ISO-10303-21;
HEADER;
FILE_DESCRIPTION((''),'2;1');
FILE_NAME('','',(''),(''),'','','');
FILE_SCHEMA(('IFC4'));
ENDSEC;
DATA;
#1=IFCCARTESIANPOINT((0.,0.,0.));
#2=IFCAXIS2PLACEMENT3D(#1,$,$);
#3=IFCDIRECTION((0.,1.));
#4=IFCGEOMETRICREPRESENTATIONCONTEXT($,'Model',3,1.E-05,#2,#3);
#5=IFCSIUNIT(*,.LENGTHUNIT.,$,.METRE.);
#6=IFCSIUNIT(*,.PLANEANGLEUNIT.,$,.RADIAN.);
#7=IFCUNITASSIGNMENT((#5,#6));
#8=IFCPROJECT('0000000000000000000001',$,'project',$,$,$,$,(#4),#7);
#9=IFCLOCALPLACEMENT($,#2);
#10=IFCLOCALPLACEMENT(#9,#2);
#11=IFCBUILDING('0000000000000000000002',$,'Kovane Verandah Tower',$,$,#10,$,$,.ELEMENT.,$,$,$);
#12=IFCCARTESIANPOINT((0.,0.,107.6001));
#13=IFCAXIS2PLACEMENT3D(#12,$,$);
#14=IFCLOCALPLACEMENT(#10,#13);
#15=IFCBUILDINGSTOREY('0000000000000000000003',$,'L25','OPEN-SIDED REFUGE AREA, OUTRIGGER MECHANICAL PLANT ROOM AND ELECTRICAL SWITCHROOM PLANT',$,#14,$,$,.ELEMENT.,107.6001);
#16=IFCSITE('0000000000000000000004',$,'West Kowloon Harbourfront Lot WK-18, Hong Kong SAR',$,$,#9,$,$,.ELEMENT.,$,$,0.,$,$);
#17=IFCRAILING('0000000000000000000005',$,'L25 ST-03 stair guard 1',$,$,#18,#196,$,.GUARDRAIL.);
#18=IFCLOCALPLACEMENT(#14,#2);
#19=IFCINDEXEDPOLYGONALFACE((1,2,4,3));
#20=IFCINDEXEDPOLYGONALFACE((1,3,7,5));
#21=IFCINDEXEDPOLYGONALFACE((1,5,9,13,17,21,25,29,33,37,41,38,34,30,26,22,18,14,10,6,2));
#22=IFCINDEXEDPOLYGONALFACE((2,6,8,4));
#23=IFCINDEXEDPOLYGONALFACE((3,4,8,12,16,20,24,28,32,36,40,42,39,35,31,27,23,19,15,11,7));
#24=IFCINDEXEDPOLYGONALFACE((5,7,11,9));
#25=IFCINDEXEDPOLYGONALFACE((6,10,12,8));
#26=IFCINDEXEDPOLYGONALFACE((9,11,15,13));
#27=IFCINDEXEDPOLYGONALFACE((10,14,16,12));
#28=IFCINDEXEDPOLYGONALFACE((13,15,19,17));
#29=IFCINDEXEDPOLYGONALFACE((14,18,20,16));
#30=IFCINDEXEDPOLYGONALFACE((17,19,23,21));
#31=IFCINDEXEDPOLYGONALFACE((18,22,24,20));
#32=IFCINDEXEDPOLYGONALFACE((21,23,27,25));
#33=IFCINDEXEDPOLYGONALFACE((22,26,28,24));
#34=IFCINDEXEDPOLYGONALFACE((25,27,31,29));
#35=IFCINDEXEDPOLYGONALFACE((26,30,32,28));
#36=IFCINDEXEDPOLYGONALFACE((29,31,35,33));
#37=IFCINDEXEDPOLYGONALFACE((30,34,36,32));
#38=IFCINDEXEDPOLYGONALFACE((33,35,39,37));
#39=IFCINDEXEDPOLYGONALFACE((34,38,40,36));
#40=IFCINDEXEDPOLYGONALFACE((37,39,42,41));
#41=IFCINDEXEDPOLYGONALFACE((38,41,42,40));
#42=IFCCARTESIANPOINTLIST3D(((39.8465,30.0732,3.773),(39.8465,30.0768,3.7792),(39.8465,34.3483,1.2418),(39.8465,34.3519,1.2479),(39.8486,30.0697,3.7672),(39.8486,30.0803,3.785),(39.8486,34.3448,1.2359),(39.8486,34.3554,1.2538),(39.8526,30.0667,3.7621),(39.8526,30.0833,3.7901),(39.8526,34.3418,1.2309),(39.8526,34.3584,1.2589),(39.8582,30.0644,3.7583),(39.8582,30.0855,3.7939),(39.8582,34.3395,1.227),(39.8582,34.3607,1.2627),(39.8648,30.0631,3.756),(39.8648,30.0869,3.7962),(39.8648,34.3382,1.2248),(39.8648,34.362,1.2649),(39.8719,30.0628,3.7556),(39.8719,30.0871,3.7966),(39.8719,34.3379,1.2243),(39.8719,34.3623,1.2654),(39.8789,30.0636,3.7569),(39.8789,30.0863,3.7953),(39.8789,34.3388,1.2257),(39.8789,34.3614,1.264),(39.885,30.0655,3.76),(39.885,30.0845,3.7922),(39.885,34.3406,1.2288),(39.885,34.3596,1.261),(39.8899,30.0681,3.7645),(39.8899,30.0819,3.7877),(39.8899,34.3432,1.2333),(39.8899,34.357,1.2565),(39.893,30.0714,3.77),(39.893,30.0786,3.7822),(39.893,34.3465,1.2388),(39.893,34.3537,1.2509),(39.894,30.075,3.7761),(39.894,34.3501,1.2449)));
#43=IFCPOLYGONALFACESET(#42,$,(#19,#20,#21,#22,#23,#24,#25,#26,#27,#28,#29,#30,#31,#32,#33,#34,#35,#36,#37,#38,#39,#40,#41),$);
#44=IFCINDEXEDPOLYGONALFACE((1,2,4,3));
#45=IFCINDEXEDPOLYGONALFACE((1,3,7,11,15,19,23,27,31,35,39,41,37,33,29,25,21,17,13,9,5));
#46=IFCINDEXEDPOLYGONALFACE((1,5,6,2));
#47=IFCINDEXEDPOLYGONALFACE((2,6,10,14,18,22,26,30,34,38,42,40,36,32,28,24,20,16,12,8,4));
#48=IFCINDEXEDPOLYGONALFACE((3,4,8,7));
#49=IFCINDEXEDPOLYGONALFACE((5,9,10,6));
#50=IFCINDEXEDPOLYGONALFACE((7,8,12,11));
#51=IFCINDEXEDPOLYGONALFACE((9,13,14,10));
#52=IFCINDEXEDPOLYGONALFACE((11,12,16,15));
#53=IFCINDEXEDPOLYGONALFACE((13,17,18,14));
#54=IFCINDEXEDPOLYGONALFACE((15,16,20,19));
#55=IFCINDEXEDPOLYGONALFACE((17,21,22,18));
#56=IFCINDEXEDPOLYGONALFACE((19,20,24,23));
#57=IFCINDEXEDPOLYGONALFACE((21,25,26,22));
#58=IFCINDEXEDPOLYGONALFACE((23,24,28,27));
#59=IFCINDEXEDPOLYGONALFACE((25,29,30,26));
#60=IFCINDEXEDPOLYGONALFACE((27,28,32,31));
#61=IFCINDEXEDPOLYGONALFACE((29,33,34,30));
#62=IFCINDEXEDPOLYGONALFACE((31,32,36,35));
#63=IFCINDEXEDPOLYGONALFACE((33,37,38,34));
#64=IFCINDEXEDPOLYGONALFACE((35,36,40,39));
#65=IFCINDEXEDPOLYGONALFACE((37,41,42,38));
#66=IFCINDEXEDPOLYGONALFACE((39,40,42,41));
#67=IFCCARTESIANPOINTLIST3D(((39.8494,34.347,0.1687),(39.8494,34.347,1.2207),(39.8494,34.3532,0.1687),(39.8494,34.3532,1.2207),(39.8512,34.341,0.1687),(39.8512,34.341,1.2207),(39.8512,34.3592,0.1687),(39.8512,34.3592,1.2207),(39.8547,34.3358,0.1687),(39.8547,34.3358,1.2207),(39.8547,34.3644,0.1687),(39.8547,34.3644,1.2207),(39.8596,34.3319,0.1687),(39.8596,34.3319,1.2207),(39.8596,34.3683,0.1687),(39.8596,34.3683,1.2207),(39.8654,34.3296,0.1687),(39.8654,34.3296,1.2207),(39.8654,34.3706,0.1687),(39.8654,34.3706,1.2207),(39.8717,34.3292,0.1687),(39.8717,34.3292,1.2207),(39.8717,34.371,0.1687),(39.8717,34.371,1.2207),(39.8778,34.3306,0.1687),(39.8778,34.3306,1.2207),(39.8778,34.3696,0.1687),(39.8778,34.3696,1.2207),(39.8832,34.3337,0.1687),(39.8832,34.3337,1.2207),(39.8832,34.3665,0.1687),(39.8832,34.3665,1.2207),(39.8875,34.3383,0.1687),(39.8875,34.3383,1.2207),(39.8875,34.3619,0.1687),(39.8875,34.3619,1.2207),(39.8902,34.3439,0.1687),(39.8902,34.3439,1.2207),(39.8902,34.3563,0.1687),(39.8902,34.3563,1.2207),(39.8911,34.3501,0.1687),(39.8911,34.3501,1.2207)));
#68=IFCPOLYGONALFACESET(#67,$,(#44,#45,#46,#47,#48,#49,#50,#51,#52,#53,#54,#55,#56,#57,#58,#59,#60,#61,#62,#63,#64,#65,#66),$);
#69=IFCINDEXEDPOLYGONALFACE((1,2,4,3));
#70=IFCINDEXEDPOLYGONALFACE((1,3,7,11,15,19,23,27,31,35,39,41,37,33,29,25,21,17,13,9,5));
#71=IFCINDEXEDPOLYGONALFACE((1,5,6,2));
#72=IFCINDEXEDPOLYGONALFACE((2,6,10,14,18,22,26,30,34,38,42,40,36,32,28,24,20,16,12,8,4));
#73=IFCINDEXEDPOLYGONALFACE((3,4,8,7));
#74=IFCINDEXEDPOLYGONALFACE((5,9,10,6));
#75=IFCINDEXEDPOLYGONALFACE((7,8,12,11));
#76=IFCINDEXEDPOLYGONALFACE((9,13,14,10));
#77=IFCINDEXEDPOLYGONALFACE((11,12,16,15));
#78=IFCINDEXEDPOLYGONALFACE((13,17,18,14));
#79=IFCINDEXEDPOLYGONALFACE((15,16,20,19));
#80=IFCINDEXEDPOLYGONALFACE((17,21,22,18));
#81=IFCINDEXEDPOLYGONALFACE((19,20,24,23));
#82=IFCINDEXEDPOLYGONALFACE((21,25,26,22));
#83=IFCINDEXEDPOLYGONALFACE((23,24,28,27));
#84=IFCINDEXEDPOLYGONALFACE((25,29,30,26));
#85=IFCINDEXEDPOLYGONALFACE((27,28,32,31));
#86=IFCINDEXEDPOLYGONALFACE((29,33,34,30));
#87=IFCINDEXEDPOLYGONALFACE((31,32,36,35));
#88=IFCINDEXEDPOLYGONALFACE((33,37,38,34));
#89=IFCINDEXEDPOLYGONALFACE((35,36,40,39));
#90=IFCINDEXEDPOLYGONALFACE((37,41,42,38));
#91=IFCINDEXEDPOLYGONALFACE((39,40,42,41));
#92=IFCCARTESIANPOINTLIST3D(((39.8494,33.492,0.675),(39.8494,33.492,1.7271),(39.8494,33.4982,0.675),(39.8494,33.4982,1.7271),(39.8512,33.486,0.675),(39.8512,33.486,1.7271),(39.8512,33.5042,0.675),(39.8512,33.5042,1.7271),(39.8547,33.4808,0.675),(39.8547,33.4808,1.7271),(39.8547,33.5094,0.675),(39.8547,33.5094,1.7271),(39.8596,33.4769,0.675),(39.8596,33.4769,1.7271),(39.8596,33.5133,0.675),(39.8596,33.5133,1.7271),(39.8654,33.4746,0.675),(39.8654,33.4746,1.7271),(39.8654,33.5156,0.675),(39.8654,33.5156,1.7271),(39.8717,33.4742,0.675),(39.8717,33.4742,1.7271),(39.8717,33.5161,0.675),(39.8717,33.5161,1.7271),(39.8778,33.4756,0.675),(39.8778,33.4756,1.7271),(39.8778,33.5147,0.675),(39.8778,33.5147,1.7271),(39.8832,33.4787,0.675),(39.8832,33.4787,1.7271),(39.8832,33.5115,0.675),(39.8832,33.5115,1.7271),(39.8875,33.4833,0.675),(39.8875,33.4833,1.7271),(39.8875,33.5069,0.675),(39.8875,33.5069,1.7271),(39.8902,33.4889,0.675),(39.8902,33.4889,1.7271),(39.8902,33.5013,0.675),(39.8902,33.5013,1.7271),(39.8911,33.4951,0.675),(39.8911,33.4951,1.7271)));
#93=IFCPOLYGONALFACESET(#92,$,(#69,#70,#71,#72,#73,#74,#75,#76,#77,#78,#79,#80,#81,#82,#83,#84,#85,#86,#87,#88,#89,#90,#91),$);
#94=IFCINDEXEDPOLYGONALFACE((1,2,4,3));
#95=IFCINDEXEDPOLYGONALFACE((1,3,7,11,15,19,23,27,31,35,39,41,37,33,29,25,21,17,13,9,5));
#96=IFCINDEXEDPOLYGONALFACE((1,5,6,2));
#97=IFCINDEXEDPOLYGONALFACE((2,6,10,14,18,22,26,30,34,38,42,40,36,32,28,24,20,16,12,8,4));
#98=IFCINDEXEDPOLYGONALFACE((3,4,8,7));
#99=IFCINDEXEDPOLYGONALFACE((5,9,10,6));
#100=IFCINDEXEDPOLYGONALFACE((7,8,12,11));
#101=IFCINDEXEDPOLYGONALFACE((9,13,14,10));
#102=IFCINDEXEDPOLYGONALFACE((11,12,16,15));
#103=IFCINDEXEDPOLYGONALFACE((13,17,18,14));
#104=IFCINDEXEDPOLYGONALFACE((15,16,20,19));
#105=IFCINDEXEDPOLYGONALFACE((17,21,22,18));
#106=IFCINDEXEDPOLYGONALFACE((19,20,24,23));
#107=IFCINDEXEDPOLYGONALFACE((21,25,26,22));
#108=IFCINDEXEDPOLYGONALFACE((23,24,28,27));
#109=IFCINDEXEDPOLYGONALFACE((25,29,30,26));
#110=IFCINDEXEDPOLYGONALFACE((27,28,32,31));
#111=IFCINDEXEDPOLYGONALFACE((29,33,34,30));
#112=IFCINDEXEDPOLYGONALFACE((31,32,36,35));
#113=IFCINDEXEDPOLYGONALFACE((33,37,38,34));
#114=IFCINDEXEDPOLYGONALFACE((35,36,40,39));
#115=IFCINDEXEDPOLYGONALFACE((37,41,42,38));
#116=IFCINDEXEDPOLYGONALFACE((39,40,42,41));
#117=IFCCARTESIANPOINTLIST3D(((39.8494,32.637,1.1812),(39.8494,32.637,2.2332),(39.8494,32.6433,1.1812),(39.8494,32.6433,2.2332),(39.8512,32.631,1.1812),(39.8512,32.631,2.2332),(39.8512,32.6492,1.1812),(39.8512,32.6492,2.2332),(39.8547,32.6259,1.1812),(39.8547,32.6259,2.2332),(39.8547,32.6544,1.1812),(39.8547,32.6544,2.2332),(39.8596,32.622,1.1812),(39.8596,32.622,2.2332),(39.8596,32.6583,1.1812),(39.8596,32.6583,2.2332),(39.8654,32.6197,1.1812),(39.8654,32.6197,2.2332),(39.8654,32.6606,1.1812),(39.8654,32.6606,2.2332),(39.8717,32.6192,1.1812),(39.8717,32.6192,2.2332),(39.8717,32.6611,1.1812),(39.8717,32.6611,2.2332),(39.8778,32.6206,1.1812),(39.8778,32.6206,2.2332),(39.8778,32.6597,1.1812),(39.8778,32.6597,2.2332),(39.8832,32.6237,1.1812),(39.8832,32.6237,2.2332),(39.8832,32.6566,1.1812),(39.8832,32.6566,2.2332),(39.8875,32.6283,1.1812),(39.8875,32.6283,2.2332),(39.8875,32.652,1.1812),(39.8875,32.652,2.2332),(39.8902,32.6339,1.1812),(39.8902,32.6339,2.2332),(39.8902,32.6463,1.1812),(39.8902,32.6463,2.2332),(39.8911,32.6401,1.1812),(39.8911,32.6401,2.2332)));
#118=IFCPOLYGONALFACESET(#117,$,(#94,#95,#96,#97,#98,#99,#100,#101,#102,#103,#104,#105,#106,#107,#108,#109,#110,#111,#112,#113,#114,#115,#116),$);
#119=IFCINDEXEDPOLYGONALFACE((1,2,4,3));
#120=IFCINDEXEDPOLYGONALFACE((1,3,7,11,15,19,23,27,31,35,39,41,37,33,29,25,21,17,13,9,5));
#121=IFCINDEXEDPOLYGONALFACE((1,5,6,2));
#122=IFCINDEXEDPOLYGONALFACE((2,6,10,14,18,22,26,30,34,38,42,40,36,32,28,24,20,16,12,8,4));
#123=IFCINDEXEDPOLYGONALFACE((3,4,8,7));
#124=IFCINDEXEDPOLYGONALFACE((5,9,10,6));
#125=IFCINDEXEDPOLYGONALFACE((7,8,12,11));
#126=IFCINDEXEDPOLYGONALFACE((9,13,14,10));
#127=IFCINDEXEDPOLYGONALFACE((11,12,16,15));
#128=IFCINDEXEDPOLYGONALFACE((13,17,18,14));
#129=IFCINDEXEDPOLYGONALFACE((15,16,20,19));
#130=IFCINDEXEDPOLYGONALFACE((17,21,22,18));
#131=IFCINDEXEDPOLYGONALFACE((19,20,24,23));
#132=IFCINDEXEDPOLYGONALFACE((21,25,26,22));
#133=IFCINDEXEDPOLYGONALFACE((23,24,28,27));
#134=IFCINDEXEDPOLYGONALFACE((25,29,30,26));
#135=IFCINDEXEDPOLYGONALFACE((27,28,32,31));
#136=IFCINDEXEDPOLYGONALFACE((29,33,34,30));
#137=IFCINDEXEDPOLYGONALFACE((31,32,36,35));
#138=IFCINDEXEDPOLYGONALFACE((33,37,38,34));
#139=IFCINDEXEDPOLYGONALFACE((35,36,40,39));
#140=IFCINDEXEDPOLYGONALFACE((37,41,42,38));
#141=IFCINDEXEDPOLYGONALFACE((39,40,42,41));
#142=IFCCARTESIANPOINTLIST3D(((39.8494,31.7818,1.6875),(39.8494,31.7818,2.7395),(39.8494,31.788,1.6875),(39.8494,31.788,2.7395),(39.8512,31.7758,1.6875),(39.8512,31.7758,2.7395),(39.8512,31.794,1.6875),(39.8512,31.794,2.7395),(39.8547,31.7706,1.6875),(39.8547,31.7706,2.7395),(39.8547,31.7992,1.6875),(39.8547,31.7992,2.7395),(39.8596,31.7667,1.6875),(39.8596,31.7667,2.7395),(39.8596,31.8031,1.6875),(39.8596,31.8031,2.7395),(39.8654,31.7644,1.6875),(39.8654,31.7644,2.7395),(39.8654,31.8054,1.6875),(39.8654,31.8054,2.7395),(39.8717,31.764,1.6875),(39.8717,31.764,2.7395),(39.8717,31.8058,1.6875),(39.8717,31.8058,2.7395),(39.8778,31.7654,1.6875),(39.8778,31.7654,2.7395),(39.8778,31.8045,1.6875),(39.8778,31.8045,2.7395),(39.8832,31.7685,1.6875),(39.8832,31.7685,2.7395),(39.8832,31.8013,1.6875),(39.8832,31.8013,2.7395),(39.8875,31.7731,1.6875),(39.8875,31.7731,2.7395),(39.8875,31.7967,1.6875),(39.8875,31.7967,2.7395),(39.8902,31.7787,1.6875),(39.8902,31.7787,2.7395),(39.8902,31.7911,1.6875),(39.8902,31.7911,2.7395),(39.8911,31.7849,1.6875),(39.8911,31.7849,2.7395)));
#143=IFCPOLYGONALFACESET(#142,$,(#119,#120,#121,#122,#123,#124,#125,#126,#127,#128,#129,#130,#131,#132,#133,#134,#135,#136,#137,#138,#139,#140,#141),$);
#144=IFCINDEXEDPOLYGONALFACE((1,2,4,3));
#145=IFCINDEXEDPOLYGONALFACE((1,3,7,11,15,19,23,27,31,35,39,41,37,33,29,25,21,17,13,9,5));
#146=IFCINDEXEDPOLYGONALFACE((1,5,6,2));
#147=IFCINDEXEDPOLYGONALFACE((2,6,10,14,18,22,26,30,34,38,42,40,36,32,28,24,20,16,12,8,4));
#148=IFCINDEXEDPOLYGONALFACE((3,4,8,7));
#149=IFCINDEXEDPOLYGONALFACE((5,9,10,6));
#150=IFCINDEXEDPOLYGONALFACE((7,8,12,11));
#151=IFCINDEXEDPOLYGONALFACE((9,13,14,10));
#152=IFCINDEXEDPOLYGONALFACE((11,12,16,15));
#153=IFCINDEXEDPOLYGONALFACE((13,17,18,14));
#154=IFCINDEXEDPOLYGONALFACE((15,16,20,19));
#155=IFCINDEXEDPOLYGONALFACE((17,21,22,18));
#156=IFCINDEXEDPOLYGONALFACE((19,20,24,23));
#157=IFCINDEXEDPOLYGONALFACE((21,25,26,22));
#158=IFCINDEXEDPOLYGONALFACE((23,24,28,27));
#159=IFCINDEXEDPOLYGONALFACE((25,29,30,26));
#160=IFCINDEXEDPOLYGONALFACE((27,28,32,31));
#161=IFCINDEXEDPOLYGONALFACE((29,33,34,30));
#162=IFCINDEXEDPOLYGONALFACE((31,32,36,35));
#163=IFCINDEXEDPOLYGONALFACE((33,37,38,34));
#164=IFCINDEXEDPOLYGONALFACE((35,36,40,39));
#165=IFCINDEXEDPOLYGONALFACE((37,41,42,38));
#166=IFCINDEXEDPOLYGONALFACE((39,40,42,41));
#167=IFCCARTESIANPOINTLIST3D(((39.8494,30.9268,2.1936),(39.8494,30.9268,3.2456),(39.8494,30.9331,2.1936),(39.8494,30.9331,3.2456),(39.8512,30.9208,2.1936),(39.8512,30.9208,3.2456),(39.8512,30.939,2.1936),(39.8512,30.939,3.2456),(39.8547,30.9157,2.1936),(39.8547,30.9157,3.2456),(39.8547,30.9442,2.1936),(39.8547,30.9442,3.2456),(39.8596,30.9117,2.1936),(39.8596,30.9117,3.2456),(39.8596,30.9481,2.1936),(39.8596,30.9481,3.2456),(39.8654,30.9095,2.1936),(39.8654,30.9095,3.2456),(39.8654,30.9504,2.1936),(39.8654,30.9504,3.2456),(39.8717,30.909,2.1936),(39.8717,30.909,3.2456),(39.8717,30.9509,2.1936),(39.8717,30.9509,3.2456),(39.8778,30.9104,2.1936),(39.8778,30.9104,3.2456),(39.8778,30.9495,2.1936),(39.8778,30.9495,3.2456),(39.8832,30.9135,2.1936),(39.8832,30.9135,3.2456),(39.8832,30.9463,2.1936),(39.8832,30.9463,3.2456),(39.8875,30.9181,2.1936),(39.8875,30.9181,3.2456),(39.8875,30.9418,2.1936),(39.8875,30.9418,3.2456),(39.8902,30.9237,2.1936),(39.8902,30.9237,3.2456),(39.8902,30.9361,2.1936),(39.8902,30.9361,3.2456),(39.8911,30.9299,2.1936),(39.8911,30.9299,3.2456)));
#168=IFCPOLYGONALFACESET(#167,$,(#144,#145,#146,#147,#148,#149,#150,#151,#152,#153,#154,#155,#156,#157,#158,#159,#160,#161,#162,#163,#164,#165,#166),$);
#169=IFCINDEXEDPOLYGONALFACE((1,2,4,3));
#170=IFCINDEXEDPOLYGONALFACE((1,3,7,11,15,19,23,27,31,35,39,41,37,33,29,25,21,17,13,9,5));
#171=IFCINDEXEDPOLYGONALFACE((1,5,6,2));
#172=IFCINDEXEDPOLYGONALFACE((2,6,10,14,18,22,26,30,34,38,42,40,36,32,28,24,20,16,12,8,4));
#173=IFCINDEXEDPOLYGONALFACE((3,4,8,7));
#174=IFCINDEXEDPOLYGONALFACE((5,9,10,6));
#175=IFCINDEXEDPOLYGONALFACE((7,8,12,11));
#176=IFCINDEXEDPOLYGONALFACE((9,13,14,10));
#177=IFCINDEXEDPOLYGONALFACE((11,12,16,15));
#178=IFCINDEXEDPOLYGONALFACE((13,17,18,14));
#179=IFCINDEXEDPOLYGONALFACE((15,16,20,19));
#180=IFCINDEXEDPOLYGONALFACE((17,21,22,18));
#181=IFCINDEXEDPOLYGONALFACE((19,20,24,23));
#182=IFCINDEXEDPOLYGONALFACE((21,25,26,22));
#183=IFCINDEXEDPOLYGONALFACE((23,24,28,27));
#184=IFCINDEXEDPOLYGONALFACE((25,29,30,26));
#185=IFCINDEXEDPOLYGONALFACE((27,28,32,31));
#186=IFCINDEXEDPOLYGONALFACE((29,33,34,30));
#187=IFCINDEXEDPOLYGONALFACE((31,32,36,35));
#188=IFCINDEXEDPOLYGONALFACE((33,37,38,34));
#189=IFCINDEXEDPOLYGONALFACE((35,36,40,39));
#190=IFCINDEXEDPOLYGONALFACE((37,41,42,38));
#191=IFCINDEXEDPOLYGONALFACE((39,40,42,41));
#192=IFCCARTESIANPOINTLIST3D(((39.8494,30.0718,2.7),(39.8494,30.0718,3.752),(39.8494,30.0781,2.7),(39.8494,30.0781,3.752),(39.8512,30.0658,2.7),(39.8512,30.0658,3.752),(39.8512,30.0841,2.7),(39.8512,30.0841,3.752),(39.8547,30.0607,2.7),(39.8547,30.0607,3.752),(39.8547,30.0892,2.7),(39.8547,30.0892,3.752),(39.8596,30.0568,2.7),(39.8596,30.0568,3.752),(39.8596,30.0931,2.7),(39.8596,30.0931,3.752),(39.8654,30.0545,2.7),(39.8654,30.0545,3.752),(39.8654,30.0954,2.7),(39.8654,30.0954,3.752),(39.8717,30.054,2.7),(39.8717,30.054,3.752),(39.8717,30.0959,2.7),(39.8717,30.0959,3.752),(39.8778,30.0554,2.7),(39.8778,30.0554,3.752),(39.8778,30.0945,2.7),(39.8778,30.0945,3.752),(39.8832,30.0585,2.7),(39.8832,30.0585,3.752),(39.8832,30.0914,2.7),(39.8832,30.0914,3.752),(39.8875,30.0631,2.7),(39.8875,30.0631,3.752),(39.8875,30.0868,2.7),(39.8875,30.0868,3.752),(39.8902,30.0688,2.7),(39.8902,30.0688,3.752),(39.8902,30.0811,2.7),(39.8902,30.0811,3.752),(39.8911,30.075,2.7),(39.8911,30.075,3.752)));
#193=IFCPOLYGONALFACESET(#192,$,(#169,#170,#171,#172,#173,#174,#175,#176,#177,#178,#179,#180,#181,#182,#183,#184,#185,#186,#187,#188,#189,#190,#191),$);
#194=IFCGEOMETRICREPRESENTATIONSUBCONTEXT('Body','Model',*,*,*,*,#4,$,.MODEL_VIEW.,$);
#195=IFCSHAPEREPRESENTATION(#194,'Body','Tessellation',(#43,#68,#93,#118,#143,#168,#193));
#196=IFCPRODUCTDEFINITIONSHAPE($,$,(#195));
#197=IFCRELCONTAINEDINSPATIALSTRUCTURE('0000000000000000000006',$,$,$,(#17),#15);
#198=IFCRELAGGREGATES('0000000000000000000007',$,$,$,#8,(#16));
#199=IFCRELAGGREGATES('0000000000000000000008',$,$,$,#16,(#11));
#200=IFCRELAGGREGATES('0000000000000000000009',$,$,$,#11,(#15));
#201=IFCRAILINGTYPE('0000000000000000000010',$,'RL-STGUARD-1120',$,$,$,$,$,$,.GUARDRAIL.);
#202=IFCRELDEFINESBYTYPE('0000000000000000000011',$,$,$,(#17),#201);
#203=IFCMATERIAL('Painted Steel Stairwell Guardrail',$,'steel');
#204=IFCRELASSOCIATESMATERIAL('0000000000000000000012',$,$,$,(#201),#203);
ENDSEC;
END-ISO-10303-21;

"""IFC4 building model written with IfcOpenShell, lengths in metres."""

from ifc_helpers import new_model, si_unit, direction, frame, origin, origin_2d, place, context, subcontext, project, spatial, circle, extrude, material, type_object, element, save


model = new_model("IFC4")

# Units and contexts
model_context = context("Model", 3, precision=1e-05, world=origin(), true_north=direction((0.0, 1.0)))
body_context = subcontext(model_context, "Body", "Model", "MODEL_VIEW")
ifc_project = project(units=[si_unit("LENGTHUNIT", "METRE"), si_unit("PLANEANGLEUNIT", "RADIAN")], contexts=[model_context])

# Site, building, storey
site_placement = place(None, origin())
site = spatial("IfcSite", under=ifc_project, at=site_placement, Name="West Kowloon Harbourfront Lot WK-18, Hong Kong SAR", CompositionType="ELEMENT", RefElevation=0.0)
building_placement = place(site_placement, origin())
building = spatial("IfcBuilding", under=site, at=building_placement, Name="Kovane Verandah Tower", CompositionType="ELEMENT")
storey_placement = place(building_placement, frame((0.0, 0.0, 107.6001)))
storey = spatial("IfcBuildingStorey", under=building, at=storey_placement, Name="L25", Description="OPEN-SIDED REFUGE AREA, OUTRIGGER MECHANICAL PLANT ROOM AND ELECTRICAL SWITCHROOM PLANT", CompositionType="ELEMENT", Elevation=107.6001)

# Railing
ifc_material_1 = material(Name="Painted Steel Stairwell Guardrail", Category="steel")
railing_type = type_object("IfcRailingType", Name="RL-STGUARD-1120", PredefinedType="GUARDRAIL", material=ifc_material_1)
railing_1_placement = place(storey_placement, frame((39.8701, 34.3501, 0.1687)))
element("IfcRailing", 1, at=railing_1_placement, inside=storey, type_object=railing_type, Name="L25 ST-03 stair guard 1", PredefinedType="GUARDRAIL", context=body_context, shape_type="SweptSolid", body=[
    extrude(circle(Radius=0.0239, at=origin_2d()), frame((0.0, 0.0, 1.0762), z_axis=(0.0, -0.860483, 0.509479), x_axis=(1.0, 0.0, 0.0)), (0.0, 0.0, 1.0), 4.9683),
    extrude(circle(Radius=0.021, at=origin_2d()), origin(), (0.0, 0.0, 1.0), 1.052),
    extrude(circle(Radius=0.021, at=origin_2d()), frame((0.0, -0.855, 0.5063)), (0.0, 0.0, 1.0), 1.052),
    extrude(circle(Radius=0.021, at=origin_2d()), frame((0.0, -1.71, 1.0125)), (0.0, 0.0, 1.0), 1.052),
    extrude(circle(Radius=0.021, at=origin_2d()), frame((0.0, -2.5652, 1.5188)), (0.0, 0.0, 1.0), 1.052),
    extrude(circle(Radius=0.021, at=origin_2d()), frame((0.0, -3.4202, 2.0249)), (0.0, 0.0, 1.0), 1.052),
    extrude(circle(Radius=0.021, at=origin_2d()), frame((0.0, -4.2751, 2.5312)), (0.0, 0.0, 1.0), 1.052),
])

save(model, "model.ifc")
